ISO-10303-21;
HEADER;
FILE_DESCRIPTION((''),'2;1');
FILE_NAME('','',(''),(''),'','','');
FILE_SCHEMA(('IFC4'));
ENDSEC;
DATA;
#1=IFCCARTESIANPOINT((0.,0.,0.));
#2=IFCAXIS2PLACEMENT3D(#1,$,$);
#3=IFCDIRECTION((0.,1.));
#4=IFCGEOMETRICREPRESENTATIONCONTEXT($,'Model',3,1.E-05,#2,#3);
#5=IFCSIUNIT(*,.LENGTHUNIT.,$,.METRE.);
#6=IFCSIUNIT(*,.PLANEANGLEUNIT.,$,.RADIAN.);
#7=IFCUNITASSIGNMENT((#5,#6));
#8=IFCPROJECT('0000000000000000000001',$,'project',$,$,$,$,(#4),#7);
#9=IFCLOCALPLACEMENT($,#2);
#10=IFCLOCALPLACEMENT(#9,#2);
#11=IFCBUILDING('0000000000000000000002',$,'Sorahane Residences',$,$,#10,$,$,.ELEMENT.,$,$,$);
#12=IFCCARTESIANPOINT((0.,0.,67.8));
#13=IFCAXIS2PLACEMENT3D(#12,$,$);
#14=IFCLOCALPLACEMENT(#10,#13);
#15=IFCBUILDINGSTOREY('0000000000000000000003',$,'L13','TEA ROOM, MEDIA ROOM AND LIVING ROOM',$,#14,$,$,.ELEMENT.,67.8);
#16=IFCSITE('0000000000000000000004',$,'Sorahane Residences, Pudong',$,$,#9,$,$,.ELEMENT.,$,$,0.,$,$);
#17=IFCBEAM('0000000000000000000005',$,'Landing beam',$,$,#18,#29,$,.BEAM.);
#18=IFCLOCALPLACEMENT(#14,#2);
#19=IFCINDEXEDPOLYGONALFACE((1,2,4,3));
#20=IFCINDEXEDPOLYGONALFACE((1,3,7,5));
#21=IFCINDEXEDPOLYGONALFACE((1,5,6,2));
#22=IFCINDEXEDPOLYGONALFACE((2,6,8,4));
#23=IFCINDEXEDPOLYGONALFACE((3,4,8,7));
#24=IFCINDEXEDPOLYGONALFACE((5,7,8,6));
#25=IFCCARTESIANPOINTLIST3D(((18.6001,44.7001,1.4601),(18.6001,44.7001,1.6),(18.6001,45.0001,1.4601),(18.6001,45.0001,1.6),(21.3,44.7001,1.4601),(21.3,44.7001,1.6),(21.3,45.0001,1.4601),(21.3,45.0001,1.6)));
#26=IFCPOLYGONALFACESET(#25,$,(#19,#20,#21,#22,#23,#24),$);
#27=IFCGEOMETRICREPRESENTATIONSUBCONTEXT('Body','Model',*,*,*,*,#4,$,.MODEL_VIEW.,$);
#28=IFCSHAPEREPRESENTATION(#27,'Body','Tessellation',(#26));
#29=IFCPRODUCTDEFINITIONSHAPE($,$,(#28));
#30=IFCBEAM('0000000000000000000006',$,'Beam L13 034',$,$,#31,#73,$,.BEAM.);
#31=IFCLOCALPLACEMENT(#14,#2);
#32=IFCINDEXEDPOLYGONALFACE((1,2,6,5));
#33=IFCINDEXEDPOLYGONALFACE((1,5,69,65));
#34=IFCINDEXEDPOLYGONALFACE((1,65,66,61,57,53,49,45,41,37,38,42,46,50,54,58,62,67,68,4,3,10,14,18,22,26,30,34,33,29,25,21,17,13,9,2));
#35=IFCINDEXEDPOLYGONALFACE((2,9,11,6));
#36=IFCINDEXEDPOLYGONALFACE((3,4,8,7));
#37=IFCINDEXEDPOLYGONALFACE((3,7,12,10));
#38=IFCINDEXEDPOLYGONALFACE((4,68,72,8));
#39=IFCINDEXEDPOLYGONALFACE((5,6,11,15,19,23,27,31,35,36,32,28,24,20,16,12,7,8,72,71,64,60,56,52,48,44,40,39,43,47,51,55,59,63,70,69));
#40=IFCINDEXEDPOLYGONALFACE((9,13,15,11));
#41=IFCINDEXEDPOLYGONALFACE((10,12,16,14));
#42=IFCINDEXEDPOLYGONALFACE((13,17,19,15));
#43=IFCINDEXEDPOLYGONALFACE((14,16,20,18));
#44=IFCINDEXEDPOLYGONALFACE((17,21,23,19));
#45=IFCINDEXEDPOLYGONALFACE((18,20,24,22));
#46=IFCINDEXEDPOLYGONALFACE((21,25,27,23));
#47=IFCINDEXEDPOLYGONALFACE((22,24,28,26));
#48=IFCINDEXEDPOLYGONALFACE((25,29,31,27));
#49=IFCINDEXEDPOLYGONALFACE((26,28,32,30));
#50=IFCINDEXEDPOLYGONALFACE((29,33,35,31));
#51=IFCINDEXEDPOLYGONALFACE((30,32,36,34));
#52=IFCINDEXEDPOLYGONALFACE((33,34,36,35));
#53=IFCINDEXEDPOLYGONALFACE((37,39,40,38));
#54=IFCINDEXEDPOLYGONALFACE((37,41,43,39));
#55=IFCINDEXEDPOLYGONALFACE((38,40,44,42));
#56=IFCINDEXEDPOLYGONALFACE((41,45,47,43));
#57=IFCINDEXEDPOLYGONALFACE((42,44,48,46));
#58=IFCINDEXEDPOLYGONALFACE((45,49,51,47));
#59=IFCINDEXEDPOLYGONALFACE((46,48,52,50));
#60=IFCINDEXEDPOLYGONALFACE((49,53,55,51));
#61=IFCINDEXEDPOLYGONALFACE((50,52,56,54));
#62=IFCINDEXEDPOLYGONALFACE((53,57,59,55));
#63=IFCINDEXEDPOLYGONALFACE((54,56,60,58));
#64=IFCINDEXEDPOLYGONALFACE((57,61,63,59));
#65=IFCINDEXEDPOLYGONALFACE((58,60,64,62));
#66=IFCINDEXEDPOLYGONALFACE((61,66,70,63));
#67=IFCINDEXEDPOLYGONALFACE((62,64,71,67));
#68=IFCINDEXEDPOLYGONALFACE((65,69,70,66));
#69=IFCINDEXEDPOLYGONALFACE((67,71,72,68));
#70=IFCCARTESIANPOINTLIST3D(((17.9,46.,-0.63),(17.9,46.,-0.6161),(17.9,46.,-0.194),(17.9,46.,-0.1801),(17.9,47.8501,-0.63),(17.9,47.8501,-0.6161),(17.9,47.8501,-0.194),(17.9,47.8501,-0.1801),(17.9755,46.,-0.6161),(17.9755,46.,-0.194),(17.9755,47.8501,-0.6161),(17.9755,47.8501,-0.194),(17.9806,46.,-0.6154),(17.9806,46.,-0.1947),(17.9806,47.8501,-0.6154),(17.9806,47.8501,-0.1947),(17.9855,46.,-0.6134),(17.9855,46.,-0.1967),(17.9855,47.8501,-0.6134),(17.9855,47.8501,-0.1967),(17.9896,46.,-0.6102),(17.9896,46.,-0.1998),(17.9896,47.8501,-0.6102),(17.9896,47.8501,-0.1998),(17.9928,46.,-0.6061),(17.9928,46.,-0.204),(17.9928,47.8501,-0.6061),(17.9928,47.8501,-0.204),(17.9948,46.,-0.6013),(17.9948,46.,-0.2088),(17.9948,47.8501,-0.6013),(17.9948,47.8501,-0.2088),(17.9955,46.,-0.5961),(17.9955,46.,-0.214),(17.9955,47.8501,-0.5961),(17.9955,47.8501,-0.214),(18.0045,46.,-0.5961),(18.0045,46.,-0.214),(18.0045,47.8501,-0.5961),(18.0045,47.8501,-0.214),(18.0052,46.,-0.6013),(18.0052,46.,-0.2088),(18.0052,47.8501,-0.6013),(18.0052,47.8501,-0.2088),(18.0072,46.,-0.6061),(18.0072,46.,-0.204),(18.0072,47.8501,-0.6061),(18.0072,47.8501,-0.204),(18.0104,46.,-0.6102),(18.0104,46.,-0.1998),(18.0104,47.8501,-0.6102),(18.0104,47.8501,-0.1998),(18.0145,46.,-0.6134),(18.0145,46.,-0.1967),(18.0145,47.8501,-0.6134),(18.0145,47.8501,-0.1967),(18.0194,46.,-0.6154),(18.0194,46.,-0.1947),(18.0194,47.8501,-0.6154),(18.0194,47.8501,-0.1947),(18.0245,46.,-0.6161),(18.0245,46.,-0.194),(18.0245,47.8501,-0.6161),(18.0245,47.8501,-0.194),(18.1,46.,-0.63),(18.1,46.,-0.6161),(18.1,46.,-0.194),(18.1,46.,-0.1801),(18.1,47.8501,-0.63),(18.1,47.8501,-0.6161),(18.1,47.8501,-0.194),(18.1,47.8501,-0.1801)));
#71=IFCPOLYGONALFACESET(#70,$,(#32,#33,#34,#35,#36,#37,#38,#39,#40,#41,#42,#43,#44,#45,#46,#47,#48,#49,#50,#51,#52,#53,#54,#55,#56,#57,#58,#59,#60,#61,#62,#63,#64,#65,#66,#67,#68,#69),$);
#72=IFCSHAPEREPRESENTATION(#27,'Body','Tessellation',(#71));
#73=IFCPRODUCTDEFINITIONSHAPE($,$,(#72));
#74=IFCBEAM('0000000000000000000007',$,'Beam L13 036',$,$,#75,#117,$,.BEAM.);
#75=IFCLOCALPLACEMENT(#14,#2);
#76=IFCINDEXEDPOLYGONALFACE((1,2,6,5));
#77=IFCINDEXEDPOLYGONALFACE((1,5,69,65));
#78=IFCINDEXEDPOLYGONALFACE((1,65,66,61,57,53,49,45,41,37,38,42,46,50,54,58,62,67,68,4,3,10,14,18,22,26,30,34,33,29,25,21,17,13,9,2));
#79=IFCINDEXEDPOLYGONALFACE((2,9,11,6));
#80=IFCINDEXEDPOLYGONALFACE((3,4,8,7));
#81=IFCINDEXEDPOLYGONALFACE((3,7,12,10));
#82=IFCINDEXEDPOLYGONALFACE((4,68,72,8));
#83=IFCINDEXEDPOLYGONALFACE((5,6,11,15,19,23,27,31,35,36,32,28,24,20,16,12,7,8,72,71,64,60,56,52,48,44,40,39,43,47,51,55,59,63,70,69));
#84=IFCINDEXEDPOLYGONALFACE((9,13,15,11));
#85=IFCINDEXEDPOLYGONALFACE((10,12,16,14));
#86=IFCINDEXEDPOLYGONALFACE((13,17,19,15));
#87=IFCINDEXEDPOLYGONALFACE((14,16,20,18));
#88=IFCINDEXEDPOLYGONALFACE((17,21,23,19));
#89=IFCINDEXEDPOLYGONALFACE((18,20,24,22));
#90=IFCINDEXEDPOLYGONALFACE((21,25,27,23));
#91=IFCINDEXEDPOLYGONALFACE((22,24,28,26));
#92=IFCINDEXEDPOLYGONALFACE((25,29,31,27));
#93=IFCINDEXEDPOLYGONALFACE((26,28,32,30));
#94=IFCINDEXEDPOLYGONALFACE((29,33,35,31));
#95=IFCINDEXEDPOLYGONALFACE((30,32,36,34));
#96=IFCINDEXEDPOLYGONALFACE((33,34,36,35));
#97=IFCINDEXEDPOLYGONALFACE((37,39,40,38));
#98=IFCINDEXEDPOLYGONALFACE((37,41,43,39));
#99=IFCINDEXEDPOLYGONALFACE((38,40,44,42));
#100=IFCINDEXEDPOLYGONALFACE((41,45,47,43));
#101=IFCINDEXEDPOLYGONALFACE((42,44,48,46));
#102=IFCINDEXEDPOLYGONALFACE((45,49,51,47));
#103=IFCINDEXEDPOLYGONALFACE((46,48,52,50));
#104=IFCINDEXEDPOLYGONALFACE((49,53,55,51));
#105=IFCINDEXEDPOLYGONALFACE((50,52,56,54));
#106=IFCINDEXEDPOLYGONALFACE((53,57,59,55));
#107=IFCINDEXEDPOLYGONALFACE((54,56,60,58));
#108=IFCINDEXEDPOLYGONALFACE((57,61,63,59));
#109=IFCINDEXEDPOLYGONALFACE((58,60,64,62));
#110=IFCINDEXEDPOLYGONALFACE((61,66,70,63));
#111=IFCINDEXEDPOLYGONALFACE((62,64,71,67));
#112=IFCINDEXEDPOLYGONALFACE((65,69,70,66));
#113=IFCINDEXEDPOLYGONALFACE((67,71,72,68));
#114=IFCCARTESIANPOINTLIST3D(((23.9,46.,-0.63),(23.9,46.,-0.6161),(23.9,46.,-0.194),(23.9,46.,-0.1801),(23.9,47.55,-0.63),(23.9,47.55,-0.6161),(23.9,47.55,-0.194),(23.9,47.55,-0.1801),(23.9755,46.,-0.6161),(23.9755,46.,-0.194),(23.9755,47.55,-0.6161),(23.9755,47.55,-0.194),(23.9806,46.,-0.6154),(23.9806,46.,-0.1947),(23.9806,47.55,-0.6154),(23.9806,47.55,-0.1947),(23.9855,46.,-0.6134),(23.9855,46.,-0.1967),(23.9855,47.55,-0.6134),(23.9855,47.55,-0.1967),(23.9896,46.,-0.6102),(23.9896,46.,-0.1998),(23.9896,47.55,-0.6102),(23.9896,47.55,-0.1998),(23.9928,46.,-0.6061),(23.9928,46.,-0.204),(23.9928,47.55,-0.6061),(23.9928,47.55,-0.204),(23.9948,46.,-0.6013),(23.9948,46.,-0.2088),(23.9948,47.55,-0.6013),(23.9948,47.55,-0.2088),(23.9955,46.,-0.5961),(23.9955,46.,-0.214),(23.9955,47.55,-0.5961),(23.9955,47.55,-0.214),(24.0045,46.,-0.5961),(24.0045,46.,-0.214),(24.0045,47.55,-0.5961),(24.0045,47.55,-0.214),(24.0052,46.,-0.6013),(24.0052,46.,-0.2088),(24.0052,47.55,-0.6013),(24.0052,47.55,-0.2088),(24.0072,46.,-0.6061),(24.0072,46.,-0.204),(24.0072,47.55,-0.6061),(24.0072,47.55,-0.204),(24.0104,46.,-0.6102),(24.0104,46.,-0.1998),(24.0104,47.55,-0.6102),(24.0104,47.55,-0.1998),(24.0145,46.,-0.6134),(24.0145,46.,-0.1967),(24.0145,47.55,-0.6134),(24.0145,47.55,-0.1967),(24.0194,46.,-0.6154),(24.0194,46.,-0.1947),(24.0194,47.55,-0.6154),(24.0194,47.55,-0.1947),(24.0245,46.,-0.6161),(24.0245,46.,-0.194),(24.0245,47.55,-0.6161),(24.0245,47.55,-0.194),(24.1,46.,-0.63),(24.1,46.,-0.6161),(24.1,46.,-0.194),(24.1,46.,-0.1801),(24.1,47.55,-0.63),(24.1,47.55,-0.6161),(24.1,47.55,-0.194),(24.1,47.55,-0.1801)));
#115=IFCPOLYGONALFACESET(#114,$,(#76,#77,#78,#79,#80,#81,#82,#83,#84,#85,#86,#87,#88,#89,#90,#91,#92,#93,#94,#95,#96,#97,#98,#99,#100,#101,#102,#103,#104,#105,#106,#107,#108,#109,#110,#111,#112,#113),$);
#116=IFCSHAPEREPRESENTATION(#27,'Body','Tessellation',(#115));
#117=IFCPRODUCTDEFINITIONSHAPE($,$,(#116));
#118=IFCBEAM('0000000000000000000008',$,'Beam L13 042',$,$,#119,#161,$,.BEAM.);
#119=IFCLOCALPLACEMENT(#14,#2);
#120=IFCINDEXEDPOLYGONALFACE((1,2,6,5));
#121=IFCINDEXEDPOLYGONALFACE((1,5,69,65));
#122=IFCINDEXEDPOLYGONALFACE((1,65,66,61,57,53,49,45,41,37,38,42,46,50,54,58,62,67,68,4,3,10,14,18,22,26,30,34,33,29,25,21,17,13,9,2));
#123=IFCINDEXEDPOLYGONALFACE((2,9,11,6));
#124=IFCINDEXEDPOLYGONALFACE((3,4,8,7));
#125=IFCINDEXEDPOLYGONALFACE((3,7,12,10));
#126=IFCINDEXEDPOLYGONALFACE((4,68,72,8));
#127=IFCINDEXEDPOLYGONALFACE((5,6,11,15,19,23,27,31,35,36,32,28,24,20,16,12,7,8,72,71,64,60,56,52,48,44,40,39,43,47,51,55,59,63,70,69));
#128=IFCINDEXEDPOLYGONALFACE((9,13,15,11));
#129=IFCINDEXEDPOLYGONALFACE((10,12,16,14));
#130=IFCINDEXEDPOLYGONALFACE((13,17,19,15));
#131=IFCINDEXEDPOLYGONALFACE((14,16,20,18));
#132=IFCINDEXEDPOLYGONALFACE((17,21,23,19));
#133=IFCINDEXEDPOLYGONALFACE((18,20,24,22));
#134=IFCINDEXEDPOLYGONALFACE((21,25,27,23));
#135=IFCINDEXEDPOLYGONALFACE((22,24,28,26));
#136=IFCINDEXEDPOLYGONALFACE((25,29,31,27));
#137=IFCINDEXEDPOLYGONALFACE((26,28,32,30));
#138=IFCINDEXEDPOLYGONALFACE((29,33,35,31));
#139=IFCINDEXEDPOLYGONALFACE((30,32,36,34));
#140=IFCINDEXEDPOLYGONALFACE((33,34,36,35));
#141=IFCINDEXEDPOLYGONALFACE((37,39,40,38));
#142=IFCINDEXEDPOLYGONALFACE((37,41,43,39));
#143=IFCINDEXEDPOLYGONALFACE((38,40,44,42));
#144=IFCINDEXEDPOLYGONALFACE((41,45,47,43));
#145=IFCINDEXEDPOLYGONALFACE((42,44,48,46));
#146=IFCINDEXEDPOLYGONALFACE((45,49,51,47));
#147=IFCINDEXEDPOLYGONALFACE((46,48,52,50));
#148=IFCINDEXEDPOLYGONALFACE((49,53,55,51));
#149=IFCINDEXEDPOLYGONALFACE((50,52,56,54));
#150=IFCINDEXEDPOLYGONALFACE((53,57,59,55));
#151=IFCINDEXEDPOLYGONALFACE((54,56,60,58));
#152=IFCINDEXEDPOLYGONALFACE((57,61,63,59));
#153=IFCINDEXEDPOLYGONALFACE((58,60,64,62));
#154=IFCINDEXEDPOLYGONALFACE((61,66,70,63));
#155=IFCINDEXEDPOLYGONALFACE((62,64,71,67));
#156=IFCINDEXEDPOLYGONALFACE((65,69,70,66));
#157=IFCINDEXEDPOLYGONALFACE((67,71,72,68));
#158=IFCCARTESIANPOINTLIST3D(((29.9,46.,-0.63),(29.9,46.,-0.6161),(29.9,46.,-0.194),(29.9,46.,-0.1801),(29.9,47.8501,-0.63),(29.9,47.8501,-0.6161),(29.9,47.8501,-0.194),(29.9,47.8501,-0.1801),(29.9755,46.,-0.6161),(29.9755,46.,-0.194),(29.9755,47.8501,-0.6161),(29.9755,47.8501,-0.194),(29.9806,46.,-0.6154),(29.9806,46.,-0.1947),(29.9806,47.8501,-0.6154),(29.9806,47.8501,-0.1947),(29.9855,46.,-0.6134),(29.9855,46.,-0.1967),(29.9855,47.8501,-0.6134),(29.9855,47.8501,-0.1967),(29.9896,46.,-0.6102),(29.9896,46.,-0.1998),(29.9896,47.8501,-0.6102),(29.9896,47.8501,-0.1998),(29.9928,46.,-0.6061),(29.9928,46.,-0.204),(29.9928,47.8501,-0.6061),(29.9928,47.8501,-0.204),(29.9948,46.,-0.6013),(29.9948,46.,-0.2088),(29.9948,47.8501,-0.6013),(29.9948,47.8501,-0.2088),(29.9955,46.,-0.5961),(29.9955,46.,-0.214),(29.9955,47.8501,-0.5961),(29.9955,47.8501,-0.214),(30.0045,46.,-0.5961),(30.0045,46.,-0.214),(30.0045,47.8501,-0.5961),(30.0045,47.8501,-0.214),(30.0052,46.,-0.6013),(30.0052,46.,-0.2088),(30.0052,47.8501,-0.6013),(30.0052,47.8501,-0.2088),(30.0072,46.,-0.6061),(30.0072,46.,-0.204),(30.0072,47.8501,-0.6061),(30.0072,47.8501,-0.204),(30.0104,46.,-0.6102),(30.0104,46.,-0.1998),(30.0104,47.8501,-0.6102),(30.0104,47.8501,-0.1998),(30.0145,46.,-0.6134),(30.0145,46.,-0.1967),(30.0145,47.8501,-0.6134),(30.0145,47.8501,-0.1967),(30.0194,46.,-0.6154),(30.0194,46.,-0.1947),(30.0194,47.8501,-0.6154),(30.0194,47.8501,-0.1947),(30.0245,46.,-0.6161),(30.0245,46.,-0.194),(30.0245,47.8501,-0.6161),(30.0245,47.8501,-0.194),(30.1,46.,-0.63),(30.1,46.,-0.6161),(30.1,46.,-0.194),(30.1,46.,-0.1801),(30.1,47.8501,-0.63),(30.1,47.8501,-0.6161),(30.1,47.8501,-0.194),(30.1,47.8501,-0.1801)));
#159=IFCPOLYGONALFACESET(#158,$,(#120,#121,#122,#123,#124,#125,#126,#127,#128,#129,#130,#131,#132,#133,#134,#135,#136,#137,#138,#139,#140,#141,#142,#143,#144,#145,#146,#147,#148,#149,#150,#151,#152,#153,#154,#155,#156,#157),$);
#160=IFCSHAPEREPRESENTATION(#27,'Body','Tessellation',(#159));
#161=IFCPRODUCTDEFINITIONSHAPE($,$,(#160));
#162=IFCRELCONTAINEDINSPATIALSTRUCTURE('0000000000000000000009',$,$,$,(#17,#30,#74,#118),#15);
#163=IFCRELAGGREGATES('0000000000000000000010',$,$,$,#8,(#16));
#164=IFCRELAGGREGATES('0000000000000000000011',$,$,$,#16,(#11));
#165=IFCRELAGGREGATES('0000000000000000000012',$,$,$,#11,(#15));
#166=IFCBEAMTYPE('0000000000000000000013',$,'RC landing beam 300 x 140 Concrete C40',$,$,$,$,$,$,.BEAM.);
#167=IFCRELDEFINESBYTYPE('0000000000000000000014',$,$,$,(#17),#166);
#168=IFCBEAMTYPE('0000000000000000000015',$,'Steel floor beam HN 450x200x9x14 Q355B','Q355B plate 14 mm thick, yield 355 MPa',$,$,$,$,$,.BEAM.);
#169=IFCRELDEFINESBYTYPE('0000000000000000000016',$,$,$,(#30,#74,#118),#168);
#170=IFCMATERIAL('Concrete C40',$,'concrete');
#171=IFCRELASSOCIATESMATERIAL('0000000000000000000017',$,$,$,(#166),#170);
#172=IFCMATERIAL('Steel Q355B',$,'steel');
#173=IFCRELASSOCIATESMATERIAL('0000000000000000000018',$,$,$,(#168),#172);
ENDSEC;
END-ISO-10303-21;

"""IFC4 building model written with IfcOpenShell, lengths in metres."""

from ifc_helpers import new_model, si_unit, direction, frame, origin, origin_2d, place, context, subcontext, project, spatial, rectangle, i_section, extrude, material, material_profile, profile_set, type_object, element, save


model = new_model("IFC4")

# Units and contexts
model_context = context("Model", 3, precision=1e-05, world=origin(), true_north=direction((0.0, 1.0)))
body_context = subcontext(model_context, "Body", "Model", "MODEL_VIEW")
ifc_project = project(units=[si_unit("LENGTHUNIT", "METRE"), si_unit("PLANEANGLEUNIT", "RADIAN")], contexts=[model_context])

# Site, building, storey
site_placement = place(None, origin())
site = spatial("IfcSite", under=ifc_project, at=site_placement, Name="Sorahane Residences, Pudong", CompositionType="ELEMENT", RefElevation=0.0)
building_placement = place(site_placement, origin())
building = spatial("IfcBuilding", under=site, at=building_placement, Name="Sorahane Residences", CompositionType="ELEMENT")
storey_placement = place(building_placement, frame((0.0, 0.0, 67.8)))
storey = spatial("IfcBuildingStorey", under=building, at=storey_placement, Name="L13", Description="TEA ROOM, MEDIA ROOM AND LIVING ROOM", CompositionType="ELEMENT", Elevation=67.8)

# Beams
ifc_material_1 = material(Name="Concrete C40", Category="concrete")
ifc_material_profile_1 = material_profile(ifc_material_1, rectangle(XDim=0.3, YDim=0.1399, at=origin_2d()), Name="300x140")
ifc_profile_set_1 = profile_set([ifc_material_profile_1], Name="Concrete C40")
beam_type_1 = type_object("IfcBeamType", Name="RC landing beam 300 x 140 Concrete C40", PredefinedType="BEAM", material=ifc_profile_set_1)
for number, where, z_axis, x_axis, name in (
    (1, (18.6001, 44.8501, 1.53), (1.0, 0.0, 0.0), (0.0, 1.0, 0.0), "Landing beam"),
):
    element("IfcBeam", number, at=place(storey_placement, frame(where, z_axis=z_axis, x_axis=x_axis)), inside=storey, type_object=beam_type_1, Name=name, PredefinedType="BEAM", context=body_context, shape_type="SweptSolid", body=[
        extrude(rectangle(XDim=0.3, YDim=0.1399, at=origin_2d()), origin(), (0.0, 0.0, 1.0), 2.7),
    ])
ifc_material_2 = material(Name="Steel Q355B", Category="steel")
ifc_material_profile_2 = material_profile(ifc_material_2, i_section(OverallWidth=0.2, OverallDepth=0.45, WebThickness=0.009, FlangeThickness=0.0139, FilletRadius=0.02, at=origin_2d()), Name="HN 450x200x9x14")
ifc_profile_set_2 = profile_set([ifc_material_profile_2], Name="Steel Q355B")
beam_type_2 = type_object("IfcBeamType", Name="Steel floor beam HN 450x200x9x14 Q355B", Description="Q355B plate 14 mm thick, yield 355 MPa", PredefinedType="BEAM", material=ifc_profile_set_2)
beam_1_placement = place(storey_placement, frame((18.0, 46.0, -0.405), z_axis=(0.0, 1.0, 0.0), x_axis=(-1.0, 0.0, 0.0)))
element("IfcBeam", 2, at=beam_1_placement, inside=storey, type_object=beam_type_2, Name="Beam L13 034", PredefinedType="BEAM", context=body_context, shape_type="SweptSolid", body=[
    extrude(i_section(OverallWidth=0.2, OverallDepth=0.45, WebThickness=0.009, FlangeThickness=0.0139, FilletRadius=0.02, at=origin_2d()), origin(), (0.0, 0.0, 1.0), 1.8501),
])
beam_2_placement = place(storey_placement, frame((24.0, 46.0, -0.405), z_axis=(0.0, 1.0, 0.0), x_axis=(-1.0, 0.0, 0.0)))
element("IfcBeam", 3, at=beam_2_placement, inside=storey, type_object=beam_type_2, Name="Beam L13 036", PredefinedType="BEAM", context=body_context, shape_type="SweptSolid", body=[
    extrude(i_section(OverallWidth=0.2, OverallDepth=0.45, WebThickness=0.009, FlangeThickness=0.0139, FilletRadius=0.02, at=origin_2d()), origin(), (0.0, 0.0, 1.0), 1.55),
])
beam_3_placement = place(storey_placement, frame((30.0, 46.0, -0.405), z_axis=(0.0, 1.0, 0.0), x_axis=(-1.0, 0.0, 0.0)))
element("IfcBeam", 4, at=beam_3_placement, inside=storey, type_object=beam_type_2, Name="Beam L13 042", PredefinedType="BEAM", context=body_context, shape_type="SweptSolid", body=[
    extrude(i_section(OverallWidth=0.2, OverallDepth=0.45, WebThickness=0.009, FlangeThickness=0.0139, FilletRadius=0.02, at=origin_2d()), origin(), (0.0, 0.0, 1.0), 1.8501),
])

save(model, "model.ifc")
